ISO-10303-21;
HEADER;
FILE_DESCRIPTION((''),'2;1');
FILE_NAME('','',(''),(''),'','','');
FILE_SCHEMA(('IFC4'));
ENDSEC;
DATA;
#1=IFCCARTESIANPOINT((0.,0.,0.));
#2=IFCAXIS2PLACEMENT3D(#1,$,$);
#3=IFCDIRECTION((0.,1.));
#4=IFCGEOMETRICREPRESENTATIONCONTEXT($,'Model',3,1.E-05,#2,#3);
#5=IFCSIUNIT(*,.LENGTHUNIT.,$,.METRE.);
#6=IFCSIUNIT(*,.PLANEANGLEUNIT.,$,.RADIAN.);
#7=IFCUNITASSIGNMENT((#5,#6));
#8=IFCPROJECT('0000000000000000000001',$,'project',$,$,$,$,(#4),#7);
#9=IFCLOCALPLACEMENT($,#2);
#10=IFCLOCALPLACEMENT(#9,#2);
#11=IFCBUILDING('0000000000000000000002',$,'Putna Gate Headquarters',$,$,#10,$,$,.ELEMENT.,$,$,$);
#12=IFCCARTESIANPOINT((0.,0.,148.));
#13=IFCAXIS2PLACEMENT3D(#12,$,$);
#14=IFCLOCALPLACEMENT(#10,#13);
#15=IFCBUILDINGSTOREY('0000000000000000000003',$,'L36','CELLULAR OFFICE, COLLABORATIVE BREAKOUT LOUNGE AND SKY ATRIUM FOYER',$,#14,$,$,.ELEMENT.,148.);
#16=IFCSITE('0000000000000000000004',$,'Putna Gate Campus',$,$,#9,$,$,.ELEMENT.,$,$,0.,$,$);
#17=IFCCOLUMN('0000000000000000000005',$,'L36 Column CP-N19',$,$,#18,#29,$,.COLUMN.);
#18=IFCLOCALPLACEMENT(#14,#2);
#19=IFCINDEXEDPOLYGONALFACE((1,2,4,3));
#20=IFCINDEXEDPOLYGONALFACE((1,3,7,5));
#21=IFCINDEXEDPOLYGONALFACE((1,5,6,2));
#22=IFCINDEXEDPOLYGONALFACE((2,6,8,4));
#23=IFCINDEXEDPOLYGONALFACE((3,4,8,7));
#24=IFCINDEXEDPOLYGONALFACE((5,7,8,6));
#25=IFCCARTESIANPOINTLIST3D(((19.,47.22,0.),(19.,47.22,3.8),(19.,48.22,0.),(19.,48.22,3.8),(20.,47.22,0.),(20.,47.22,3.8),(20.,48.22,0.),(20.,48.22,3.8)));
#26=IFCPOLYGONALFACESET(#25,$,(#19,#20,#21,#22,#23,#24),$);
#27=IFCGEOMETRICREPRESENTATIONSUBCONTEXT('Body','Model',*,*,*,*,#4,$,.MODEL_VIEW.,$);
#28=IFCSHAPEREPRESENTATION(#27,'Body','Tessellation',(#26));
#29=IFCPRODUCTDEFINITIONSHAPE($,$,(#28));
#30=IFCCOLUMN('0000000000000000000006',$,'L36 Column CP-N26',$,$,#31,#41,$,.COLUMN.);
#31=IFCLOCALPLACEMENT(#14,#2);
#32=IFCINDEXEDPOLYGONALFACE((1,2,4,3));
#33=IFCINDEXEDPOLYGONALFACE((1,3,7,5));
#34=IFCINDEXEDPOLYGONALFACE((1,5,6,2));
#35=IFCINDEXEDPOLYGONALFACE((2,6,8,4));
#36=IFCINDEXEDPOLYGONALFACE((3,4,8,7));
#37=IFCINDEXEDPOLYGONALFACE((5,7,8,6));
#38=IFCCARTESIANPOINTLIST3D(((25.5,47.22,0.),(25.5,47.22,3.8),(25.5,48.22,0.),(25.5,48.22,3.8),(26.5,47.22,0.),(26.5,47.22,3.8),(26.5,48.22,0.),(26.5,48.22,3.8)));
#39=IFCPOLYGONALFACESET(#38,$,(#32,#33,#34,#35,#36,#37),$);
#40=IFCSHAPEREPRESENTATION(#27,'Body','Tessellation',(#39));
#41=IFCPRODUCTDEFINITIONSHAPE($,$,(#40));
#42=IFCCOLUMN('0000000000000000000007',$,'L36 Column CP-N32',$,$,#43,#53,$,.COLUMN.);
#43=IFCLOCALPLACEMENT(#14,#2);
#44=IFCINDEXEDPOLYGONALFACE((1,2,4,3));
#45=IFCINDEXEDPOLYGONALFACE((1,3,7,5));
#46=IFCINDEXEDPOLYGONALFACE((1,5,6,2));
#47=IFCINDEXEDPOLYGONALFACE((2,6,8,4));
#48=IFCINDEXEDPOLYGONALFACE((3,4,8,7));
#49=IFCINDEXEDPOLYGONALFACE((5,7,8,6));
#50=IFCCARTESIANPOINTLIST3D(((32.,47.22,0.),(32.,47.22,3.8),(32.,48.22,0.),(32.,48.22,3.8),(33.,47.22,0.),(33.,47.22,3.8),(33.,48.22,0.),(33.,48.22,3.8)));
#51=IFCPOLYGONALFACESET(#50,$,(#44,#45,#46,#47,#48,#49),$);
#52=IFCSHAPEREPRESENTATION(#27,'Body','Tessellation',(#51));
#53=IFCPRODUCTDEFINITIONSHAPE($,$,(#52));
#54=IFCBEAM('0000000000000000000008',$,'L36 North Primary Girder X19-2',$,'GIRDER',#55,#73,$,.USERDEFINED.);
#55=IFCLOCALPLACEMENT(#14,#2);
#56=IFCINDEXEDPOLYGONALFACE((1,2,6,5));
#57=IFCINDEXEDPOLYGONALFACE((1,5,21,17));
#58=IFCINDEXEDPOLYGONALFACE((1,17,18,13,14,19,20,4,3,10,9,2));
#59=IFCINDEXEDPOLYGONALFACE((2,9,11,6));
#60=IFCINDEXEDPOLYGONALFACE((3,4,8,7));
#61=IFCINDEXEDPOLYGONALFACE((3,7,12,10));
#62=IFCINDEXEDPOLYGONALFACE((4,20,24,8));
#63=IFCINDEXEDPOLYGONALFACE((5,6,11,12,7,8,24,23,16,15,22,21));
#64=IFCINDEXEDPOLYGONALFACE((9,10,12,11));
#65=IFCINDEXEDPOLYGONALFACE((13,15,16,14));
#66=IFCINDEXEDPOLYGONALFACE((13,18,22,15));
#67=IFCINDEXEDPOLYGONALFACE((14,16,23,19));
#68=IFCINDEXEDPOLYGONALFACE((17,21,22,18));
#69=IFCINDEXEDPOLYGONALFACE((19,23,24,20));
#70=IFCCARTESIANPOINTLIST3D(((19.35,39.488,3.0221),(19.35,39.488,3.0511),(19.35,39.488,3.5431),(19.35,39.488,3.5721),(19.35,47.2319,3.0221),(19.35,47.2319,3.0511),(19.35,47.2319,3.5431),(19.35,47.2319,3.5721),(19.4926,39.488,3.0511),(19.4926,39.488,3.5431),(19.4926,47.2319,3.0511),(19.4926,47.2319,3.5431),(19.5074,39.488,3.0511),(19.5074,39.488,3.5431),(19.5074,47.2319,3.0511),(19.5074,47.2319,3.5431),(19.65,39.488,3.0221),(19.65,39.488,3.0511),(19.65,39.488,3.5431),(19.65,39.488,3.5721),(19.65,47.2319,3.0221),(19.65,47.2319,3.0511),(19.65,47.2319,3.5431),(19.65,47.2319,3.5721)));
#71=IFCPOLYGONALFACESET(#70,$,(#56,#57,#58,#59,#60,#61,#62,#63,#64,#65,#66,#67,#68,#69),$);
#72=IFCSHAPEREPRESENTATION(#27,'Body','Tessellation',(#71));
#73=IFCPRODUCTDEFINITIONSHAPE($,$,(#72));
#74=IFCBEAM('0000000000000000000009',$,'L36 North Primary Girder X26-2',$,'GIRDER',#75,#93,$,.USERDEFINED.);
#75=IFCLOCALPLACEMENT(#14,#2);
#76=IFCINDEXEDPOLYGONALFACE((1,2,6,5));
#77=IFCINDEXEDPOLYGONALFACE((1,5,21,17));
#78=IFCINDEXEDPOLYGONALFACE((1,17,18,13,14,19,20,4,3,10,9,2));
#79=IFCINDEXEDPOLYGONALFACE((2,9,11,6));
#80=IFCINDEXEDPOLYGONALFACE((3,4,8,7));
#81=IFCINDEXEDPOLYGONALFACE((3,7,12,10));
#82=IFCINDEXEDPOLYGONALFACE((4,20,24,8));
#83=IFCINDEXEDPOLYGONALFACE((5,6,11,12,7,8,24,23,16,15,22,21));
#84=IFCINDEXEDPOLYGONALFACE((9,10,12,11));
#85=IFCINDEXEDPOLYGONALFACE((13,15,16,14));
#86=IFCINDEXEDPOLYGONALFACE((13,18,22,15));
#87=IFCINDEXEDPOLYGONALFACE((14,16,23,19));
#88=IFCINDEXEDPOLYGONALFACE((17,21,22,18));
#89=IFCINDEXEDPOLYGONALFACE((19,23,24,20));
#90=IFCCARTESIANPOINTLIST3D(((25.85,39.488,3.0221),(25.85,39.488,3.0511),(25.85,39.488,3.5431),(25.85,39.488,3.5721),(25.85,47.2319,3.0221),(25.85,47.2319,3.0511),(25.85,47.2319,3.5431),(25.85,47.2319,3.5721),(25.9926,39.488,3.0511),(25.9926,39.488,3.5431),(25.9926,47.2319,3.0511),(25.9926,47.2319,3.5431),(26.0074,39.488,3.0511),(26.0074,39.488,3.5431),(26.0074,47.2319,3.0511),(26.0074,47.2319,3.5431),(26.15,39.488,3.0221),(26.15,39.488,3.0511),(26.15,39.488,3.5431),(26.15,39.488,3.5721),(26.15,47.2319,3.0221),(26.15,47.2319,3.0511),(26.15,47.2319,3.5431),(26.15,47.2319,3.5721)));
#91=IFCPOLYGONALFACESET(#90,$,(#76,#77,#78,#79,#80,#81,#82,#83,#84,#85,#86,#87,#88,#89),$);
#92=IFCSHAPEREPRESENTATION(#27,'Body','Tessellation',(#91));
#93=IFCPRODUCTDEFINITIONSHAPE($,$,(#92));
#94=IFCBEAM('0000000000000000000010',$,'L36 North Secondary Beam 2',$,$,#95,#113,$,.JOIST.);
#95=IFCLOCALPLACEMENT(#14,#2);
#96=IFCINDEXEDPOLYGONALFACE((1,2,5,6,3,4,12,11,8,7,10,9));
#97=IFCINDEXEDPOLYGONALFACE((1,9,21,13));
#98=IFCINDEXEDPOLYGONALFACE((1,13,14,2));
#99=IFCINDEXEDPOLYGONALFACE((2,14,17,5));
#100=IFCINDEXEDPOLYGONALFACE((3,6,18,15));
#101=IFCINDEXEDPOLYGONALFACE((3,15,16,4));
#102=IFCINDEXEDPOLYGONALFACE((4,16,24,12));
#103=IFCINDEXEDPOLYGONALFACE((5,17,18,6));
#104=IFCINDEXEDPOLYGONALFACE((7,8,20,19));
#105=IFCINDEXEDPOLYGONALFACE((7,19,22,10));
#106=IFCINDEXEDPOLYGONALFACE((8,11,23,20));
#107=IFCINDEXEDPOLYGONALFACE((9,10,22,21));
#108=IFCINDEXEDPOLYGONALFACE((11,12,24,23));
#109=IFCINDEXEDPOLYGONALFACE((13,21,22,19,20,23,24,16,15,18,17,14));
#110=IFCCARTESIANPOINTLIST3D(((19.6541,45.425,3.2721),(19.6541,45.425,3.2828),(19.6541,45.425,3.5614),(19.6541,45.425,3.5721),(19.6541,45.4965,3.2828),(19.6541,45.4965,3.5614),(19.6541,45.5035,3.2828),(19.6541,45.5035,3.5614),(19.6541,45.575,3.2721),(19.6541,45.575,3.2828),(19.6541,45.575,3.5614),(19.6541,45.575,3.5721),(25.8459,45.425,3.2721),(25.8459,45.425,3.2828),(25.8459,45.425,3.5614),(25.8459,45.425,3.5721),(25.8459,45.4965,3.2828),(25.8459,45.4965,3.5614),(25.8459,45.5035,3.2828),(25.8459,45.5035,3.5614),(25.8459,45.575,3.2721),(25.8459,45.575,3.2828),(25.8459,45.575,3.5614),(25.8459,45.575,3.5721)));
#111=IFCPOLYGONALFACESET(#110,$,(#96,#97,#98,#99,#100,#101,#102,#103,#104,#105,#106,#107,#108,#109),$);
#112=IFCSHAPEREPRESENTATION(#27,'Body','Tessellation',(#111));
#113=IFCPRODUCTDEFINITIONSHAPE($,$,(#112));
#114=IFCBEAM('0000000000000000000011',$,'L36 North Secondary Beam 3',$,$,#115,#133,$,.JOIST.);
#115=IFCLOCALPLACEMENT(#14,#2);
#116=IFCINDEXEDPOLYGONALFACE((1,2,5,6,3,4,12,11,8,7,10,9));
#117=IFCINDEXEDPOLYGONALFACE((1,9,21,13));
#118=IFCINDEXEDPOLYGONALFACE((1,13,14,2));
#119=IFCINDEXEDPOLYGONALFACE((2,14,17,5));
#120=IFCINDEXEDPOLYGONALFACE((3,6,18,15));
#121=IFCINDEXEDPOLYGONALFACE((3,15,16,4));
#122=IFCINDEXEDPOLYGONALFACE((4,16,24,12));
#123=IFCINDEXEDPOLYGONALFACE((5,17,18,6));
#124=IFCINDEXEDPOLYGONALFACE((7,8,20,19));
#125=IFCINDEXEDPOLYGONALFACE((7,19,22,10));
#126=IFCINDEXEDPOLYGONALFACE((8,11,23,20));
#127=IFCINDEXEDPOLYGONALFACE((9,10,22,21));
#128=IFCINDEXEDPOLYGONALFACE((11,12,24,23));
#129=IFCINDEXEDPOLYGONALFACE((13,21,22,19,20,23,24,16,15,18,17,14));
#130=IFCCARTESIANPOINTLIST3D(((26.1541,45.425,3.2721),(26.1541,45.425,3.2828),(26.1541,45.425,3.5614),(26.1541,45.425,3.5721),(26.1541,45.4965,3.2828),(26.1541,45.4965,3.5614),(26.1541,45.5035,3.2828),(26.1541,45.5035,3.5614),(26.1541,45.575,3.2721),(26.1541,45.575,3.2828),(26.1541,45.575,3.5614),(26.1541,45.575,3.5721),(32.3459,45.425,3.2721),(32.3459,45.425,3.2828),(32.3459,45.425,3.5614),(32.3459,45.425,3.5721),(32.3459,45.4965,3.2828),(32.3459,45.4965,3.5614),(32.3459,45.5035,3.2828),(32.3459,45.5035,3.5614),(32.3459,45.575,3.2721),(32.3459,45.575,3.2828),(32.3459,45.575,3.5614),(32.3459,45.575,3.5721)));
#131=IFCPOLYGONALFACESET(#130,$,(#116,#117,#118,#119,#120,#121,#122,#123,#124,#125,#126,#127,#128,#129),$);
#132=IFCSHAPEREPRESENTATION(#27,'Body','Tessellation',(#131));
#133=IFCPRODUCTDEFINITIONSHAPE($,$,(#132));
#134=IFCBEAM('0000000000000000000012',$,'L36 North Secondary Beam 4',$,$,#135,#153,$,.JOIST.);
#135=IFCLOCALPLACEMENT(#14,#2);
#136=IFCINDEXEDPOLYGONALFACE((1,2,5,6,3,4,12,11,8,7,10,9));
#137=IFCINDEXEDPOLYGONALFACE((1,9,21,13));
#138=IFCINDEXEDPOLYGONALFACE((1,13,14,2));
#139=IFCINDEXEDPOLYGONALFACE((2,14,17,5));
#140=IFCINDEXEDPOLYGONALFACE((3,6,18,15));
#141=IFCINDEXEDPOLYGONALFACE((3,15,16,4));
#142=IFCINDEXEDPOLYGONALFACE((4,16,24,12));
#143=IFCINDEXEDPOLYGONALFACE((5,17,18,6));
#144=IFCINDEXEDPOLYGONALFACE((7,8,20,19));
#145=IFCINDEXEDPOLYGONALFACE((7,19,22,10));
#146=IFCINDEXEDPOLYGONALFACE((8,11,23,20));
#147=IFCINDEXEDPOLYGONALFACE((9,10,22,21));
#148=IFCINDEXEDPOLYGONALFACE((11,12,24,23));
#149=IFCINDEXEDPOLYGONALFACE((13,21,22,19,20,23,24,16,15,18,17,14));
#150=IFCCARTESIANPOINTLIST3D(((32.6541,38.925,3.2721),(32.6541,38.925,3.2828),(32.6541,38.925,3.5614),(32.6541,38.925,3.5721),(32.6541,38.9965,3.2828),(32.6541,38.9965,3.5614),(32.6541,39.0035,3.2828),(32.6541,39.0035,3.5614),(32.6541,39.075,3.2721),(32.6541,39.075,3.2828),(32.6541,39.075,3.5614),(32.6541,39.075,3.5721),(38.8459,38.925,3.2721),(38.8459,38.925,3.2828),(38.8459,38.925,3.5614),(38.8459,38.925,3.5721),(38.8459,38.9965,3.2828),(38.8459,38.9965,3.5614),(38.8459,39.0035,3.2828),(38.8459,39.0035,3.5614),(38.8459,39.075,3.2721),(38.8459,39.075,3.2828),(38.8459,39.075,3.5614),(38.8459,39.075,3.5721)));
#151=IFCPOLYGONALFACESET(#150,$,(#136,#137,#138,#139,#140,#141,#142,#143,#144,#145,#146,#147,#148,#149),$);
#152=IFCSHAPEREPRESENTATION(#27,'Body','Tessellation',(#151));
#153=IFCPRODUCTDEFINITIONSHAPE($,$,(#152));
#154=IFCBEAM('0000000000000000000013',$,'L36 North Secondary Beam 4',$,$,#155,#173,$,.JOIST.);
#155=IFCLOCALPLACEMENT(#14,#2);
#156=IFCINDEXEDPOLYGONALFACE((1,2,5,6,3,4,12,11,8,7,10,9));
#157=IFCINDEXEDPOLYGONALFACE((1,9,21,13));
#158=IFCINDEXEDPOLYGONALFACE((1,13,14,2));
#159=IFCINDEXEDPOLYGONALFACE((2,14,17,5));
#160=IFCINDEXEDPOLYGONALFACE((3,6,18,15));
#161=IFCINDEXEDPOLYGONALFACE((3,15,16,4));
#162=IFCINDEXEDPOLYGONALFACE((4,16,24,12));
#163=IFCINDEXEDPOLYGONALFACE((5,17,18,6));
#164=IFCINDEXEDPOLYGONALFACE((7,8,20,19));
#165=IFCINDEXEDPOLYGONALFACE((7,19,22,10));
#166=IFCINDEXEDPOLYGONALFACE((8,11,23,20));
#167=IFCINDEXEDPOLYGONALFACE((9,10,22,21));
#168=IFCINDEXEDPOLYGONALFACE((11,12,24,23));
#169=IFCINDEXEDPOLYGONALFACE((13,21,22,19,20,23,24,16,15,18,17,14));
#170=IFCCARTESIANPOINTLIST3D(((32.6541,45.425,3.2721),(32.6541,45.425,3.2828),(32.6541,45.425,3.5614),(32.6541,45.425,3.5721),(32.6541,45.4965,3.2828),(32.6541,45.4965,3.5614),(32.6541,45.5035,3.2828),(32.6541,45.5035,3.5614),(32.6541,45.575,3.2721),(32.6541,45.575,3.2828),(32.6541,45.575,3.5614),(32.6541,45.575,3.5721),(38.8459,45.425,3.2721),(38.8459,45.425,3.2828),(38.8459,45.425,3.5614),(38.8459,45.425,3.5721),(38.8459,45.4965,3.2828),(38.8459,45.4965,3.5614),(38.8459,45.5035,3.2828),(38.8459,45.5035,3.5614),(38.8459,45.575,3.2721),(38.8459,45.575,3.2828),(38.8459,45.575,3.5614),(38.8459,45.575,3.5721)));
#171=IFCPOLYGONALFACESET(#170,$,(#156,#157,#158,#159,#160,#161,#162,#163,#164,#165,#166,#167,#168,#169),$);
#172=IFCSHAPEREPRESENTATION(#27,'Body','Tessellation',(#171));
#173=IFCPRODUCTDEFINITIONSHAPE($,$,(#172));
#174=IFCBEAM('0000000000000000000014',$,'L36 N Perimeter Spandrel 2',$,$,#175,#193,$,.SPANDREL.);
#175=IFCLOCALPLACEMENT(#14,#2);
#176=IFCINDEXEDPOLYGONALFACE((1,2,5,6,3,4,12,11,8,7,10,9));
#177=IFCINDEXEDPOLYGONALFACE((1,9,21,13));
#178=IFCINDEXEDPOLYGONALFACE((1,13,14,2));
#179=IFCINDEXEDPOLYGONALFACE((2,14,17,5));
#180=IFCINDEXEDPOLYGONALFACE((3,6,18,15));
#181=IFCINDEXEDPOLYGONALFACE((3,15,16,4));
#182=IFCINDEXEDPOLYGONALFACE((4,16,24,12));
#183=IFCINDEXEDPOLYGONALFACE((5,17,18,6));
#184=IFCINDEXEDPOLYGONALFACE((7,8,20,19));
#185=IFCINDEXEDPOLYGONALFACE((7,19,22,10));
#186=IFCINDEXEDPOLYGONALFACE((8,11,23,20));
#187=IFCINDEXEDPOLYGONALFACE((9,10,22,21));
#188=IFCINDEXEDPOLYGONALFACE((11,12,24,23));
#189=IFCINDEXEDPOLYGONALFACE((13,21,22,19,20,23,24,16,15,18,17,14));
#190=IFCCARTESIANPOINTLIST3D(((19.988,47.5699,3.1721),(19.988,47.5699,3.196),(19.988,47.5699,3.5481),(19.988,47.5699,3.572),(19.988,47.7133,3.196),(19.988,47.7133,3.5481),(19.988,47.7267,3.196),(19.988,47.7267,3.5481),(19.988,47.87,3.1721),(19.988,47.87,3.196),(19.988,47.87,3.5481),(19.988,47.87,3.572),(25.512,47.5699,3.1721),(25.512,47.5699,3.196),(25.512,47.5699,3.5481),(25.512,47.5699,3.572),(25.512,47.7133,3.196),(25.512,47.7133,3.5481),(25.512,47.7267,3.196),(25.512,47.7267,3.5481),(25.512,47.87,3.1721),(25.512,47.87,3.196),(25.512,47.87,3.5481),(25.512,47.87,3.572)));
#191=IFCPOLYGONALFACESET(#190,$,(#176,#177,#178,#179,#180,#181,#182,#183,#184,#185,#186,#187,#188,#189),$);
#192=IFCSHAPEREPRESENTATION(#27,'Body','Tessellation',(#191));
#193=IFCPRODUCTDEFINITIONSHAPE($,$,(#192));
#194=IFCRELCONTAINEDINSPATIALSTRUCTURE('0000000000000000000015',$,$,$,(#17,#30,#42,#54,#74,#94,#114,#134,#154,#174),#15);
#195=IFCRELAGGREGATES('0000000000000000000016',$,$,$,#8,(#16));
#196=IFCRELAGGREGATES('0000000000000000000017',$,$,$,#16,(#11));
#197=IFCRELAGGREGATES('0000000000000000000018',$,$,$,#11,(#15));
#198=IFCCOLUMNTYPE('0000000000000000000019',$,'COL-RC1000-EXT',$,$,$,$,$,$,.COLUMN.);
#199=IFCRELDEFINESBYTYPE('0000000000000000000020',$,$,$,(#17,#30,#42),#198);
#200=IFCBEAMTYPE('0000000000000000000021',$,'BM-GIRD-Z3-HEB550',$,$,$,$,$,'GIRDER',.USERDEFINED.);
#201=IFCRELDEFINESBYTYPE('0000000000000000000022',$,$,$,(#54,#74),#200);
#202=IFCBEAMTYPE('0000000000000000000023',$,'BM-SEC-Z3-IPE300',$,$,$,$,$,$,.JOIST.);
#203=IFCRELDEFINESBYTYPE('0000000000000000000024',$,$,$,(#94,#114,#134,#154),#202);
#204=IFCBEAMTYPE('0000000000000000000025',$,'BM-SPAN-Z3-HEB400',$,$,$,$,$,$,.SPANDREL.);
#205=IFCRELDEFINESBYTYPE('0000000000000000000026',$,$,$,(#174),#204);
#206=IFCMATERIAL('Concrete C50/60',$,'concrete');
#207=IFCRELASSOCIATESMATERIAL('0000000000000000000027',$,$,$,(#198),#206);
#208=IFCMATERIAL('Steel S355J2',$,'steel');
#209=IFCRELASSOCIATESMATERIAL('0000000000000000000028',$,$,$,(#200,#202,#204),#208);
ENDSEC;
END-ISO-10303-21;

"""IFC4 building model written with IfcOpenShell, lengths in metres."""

from ifc_helpers import new_model, si_unit, direction, frame, origin, origin_2d, place, context, subcontext, project, spatial, rectangle, i_section, extrude, material, material_profile, profile_set, type_object, element, save


model = new_model("IFC4")

# Units and contexts
model_context = context("Model", 3, precision=1e-05, world=origin(), true_north=direction((0.0, 1.0)))
body_context = subcontext(model_context, "Body", "Model", "MODEL_VIEW")
ifc_project = project(units=[si_unit("LENGTHUNIT", "METRE"), si_unit("PLANEANGLEUNIT", "RADIAN")], contexts=[model_context])

# Site, building, storey
site_placement = place(None, origin())
site = spatial("IfcSite", under=ifc_project, at=site_placement, Name="Putna Gate Campus", CompositionType="ELEMENT", RefElevation=0.0)
building_placement = place(site_placement, origin())
building = spatial("IfcBuilding", under=site, at=building_placement, Name="Putna Gate Headquarters", CompositionType="ELEMENT")
storey_placement = place(building_placement, frame((0.0, 0.0, 148.0)))
storey = spatial("IfcBuildingStorey", under=building, at=storey_placement, Name="L36", Description="CELLULAR OFFICE, COLLABORATIVE BREAKOUT LOUNGE AND SKY ATRIUM FOYER", CompositionType="ELEMENT", Elevation=148.0)

# Columns
ifc_material_1 = material(Name="Concrete C50/60", Category="concrete")
ifc_material_profile_1 = material_profile(ifc_material_1, rectangle(XDim=1.0, YDim=1.0, at=origin_2d()), Name="Concrete C50/60")
ifc_profile_set_1 = profile_set([ifc_material_profile_1], Name="Concrete C50/60")
column_type = type_object("IfcColumnType", Name="COL-RC1000-EXT", PredefinedType="COLUMN", material=ifc_profile_set_1)
for number, where, z_axis, x_axis, name in (
    (1, (19.5, 47.72, 0.0), (0.0, 0.0, 1.0), (1.0, 0.0, 0.0), "L36 Column CP-N19"),
    (2, (26.0, 47.72, 0.0), (0.0, 0.0, 1.0), (1.0, 0.0, 0.0), "L36 Column CP-N26"),
    (3, (32.5, 47.72, 0.0), (0.0, 0.0, 1.0), (1.0, 0.0, 0.0), "L36 Column CP-N32"),
):
    element("IfcColumn", number, at=place(storey_placement, frame(where, z_axis=z_axis, x_axis=x_axis)), inside=storey, type_object=column_type, Name=name, PredefinedType="COLUMN", context=body_context, shape_type="SweptSolid", body=[
        extrude(rectangle(XDim=1.0, YDim=1.0, at=origin_2d()), origin(), (0.0, 0.0, 1.0), 3.8),
    ])

# Beams
ifc_material_2 = material(Name="Steel S355J2", Category="steel")
ifc_material_profile_2 = material_profile(ifc_material_2, i_section(OverallWidth=0.3, OverallDepth=0.55, WebThickness=0.0149, FlangeThickness=0.0291, at=origin_2d()), Name="Steel S355J2")
ifc_profile_set_2 = profile_set([ifc_material_profile_2], Name="Steel S355J2")
beam_type_1 = type_object("IfcBeamType", Name="BM-GIRD-Z3-HEB550", ElementType="GIRDER", PredefinedType="USERDEFINED", material=ifc_profile_set_2)
for number, where, z_axis, x_axis, name in (
    (4, (19.5, 39.488, 3.2971), (0.0, 1.0, 0.0), (-1.0, 0.0, 0.0), "L36 North Primary Girder X19-2"),
    (5, (26.0, 39.488, 3.2971), (0.0, 1.0, 0.0), (-1.0, 0.0, 0.0), "L36 North Primary Girder X26-2"),
):
    element("IfcBeam", number, at=place(storey_placement, frame(where, z_axis=z_axis, x_axis=x_axis)), inside=storey, type_object=beam_type_1, Name=name, ObjectType="GIRDER", PredefinedType="USERDEFINED", context=body_context, shape_type="SweptSolid", body=[
        extrude(i_section(OverallWidth=0.3, OverallDepth=0.55, WebThickness=0.0149, FlangeThickness=0.0291, at=origin_2d()), origin(), (0.0, 0.0, 1.0), 7.7439),
    ])
ifc_material_profile_3 = material_profile(ifc_material_2, i_section(OverallWidth=0.1499, OverallDepth=0.3, WebThickness=0.0071, FlangeThickness=0.0107, at=origin_2d()), Name="Steel S355J2")
ifc_profile_set_3 = profile_set([ifc_material_profile_3], Name="Steel S355J2")
beam_type_2 = type_object("IfcBeamType", Name="BM-SEC-Z3-IPE300", PredefinedType="JOIST", material=ifc_profile_set_3)
for number, where, z_axis, x_axis, name in (
    (6, (19.6541, 45.5, 3.4221), (1.0, 0.0, 0.0), (0.0, 1.0, 0.0), "L36 North Secondary Beam 2"),
    (7, (26.1541, 45.5, 3.4221), (1.0, 0.0, 0.0), (0.0, 1.0, 0.0), "L36 North Secondary Beam 3"),
    (8, (32.6541, 39.0, 3.4221), (1.0, 0.0, 0.0), (0.0, 1.0, 0.0), "L36 North Secondary Beam 4"),
    (9, (32.6541, 45.5, 3.4221), (1.0, 0.0, 0.0), (0.0, 1.0, 0.0), "L36 North Secondary Beam 4"),
):
    element("IfcBeam", number, at=place(storey_placement, frame(where, z_axis=z_axis, x_axis=x_axis)), inside=storey, type_object=beam_type_2, Name=name, PredefinedType="JOIST", context=body_context, shape_type="SweptSolid", body=[
        extrude(i_section(OverallWidth=0.1499, OverallDepth=0.3, WebThickness=0.0071, FlangeThickness=0.0107, at=origin_2d()), origin(), (0.0, 0.0, 1.0), 6.1919),
    ])
ifc_material_profile_4 = material_profile(ifc_material_2, i_section(OverallWidth=0.3, OverallDepth=0.3999, WebThickness=0.0134, FlangeThickness=0.0239, at=origin_2d()), Name="Steel S355J2")
ifc_profile_set_4 = profile_set([ifc_material_profile_4], Name="Steel S355J2")
beam_type_3 = type_object("IfcBeamType", Name="BM-SPAN-Z3-HEB400", PredefinedType="SPANDREL", material=ifc_profile_set_4)
for number, where, z_axis, x_axis, name in (
    (10, (19.988, 47.72, 3.3721), (1.0, 0.0, 0.0), (0.0, 1.0, 0.0), "L36 N Perimeter Spandrel 2"),
):
    element("IfcBeam", number, at=place(storey_placement, frame(where, z_axis=z_axis, x_axis=x_axis)), inside=storey, type_object=beam_type_3, Name=name, PredefinedType="SPANDREL", context=body_context, shape_type="SweptSolid", body=[
        extrude(i_section(OverallWidth=0.3, OverallDepth=0.3999, WebThickness=0.0134, FlangeThickness=0.0239, at=origin_2d()), origin(), (0.0, 0.0, 1.0), 5.5239),
    ])

save(model, "model.ifc")
